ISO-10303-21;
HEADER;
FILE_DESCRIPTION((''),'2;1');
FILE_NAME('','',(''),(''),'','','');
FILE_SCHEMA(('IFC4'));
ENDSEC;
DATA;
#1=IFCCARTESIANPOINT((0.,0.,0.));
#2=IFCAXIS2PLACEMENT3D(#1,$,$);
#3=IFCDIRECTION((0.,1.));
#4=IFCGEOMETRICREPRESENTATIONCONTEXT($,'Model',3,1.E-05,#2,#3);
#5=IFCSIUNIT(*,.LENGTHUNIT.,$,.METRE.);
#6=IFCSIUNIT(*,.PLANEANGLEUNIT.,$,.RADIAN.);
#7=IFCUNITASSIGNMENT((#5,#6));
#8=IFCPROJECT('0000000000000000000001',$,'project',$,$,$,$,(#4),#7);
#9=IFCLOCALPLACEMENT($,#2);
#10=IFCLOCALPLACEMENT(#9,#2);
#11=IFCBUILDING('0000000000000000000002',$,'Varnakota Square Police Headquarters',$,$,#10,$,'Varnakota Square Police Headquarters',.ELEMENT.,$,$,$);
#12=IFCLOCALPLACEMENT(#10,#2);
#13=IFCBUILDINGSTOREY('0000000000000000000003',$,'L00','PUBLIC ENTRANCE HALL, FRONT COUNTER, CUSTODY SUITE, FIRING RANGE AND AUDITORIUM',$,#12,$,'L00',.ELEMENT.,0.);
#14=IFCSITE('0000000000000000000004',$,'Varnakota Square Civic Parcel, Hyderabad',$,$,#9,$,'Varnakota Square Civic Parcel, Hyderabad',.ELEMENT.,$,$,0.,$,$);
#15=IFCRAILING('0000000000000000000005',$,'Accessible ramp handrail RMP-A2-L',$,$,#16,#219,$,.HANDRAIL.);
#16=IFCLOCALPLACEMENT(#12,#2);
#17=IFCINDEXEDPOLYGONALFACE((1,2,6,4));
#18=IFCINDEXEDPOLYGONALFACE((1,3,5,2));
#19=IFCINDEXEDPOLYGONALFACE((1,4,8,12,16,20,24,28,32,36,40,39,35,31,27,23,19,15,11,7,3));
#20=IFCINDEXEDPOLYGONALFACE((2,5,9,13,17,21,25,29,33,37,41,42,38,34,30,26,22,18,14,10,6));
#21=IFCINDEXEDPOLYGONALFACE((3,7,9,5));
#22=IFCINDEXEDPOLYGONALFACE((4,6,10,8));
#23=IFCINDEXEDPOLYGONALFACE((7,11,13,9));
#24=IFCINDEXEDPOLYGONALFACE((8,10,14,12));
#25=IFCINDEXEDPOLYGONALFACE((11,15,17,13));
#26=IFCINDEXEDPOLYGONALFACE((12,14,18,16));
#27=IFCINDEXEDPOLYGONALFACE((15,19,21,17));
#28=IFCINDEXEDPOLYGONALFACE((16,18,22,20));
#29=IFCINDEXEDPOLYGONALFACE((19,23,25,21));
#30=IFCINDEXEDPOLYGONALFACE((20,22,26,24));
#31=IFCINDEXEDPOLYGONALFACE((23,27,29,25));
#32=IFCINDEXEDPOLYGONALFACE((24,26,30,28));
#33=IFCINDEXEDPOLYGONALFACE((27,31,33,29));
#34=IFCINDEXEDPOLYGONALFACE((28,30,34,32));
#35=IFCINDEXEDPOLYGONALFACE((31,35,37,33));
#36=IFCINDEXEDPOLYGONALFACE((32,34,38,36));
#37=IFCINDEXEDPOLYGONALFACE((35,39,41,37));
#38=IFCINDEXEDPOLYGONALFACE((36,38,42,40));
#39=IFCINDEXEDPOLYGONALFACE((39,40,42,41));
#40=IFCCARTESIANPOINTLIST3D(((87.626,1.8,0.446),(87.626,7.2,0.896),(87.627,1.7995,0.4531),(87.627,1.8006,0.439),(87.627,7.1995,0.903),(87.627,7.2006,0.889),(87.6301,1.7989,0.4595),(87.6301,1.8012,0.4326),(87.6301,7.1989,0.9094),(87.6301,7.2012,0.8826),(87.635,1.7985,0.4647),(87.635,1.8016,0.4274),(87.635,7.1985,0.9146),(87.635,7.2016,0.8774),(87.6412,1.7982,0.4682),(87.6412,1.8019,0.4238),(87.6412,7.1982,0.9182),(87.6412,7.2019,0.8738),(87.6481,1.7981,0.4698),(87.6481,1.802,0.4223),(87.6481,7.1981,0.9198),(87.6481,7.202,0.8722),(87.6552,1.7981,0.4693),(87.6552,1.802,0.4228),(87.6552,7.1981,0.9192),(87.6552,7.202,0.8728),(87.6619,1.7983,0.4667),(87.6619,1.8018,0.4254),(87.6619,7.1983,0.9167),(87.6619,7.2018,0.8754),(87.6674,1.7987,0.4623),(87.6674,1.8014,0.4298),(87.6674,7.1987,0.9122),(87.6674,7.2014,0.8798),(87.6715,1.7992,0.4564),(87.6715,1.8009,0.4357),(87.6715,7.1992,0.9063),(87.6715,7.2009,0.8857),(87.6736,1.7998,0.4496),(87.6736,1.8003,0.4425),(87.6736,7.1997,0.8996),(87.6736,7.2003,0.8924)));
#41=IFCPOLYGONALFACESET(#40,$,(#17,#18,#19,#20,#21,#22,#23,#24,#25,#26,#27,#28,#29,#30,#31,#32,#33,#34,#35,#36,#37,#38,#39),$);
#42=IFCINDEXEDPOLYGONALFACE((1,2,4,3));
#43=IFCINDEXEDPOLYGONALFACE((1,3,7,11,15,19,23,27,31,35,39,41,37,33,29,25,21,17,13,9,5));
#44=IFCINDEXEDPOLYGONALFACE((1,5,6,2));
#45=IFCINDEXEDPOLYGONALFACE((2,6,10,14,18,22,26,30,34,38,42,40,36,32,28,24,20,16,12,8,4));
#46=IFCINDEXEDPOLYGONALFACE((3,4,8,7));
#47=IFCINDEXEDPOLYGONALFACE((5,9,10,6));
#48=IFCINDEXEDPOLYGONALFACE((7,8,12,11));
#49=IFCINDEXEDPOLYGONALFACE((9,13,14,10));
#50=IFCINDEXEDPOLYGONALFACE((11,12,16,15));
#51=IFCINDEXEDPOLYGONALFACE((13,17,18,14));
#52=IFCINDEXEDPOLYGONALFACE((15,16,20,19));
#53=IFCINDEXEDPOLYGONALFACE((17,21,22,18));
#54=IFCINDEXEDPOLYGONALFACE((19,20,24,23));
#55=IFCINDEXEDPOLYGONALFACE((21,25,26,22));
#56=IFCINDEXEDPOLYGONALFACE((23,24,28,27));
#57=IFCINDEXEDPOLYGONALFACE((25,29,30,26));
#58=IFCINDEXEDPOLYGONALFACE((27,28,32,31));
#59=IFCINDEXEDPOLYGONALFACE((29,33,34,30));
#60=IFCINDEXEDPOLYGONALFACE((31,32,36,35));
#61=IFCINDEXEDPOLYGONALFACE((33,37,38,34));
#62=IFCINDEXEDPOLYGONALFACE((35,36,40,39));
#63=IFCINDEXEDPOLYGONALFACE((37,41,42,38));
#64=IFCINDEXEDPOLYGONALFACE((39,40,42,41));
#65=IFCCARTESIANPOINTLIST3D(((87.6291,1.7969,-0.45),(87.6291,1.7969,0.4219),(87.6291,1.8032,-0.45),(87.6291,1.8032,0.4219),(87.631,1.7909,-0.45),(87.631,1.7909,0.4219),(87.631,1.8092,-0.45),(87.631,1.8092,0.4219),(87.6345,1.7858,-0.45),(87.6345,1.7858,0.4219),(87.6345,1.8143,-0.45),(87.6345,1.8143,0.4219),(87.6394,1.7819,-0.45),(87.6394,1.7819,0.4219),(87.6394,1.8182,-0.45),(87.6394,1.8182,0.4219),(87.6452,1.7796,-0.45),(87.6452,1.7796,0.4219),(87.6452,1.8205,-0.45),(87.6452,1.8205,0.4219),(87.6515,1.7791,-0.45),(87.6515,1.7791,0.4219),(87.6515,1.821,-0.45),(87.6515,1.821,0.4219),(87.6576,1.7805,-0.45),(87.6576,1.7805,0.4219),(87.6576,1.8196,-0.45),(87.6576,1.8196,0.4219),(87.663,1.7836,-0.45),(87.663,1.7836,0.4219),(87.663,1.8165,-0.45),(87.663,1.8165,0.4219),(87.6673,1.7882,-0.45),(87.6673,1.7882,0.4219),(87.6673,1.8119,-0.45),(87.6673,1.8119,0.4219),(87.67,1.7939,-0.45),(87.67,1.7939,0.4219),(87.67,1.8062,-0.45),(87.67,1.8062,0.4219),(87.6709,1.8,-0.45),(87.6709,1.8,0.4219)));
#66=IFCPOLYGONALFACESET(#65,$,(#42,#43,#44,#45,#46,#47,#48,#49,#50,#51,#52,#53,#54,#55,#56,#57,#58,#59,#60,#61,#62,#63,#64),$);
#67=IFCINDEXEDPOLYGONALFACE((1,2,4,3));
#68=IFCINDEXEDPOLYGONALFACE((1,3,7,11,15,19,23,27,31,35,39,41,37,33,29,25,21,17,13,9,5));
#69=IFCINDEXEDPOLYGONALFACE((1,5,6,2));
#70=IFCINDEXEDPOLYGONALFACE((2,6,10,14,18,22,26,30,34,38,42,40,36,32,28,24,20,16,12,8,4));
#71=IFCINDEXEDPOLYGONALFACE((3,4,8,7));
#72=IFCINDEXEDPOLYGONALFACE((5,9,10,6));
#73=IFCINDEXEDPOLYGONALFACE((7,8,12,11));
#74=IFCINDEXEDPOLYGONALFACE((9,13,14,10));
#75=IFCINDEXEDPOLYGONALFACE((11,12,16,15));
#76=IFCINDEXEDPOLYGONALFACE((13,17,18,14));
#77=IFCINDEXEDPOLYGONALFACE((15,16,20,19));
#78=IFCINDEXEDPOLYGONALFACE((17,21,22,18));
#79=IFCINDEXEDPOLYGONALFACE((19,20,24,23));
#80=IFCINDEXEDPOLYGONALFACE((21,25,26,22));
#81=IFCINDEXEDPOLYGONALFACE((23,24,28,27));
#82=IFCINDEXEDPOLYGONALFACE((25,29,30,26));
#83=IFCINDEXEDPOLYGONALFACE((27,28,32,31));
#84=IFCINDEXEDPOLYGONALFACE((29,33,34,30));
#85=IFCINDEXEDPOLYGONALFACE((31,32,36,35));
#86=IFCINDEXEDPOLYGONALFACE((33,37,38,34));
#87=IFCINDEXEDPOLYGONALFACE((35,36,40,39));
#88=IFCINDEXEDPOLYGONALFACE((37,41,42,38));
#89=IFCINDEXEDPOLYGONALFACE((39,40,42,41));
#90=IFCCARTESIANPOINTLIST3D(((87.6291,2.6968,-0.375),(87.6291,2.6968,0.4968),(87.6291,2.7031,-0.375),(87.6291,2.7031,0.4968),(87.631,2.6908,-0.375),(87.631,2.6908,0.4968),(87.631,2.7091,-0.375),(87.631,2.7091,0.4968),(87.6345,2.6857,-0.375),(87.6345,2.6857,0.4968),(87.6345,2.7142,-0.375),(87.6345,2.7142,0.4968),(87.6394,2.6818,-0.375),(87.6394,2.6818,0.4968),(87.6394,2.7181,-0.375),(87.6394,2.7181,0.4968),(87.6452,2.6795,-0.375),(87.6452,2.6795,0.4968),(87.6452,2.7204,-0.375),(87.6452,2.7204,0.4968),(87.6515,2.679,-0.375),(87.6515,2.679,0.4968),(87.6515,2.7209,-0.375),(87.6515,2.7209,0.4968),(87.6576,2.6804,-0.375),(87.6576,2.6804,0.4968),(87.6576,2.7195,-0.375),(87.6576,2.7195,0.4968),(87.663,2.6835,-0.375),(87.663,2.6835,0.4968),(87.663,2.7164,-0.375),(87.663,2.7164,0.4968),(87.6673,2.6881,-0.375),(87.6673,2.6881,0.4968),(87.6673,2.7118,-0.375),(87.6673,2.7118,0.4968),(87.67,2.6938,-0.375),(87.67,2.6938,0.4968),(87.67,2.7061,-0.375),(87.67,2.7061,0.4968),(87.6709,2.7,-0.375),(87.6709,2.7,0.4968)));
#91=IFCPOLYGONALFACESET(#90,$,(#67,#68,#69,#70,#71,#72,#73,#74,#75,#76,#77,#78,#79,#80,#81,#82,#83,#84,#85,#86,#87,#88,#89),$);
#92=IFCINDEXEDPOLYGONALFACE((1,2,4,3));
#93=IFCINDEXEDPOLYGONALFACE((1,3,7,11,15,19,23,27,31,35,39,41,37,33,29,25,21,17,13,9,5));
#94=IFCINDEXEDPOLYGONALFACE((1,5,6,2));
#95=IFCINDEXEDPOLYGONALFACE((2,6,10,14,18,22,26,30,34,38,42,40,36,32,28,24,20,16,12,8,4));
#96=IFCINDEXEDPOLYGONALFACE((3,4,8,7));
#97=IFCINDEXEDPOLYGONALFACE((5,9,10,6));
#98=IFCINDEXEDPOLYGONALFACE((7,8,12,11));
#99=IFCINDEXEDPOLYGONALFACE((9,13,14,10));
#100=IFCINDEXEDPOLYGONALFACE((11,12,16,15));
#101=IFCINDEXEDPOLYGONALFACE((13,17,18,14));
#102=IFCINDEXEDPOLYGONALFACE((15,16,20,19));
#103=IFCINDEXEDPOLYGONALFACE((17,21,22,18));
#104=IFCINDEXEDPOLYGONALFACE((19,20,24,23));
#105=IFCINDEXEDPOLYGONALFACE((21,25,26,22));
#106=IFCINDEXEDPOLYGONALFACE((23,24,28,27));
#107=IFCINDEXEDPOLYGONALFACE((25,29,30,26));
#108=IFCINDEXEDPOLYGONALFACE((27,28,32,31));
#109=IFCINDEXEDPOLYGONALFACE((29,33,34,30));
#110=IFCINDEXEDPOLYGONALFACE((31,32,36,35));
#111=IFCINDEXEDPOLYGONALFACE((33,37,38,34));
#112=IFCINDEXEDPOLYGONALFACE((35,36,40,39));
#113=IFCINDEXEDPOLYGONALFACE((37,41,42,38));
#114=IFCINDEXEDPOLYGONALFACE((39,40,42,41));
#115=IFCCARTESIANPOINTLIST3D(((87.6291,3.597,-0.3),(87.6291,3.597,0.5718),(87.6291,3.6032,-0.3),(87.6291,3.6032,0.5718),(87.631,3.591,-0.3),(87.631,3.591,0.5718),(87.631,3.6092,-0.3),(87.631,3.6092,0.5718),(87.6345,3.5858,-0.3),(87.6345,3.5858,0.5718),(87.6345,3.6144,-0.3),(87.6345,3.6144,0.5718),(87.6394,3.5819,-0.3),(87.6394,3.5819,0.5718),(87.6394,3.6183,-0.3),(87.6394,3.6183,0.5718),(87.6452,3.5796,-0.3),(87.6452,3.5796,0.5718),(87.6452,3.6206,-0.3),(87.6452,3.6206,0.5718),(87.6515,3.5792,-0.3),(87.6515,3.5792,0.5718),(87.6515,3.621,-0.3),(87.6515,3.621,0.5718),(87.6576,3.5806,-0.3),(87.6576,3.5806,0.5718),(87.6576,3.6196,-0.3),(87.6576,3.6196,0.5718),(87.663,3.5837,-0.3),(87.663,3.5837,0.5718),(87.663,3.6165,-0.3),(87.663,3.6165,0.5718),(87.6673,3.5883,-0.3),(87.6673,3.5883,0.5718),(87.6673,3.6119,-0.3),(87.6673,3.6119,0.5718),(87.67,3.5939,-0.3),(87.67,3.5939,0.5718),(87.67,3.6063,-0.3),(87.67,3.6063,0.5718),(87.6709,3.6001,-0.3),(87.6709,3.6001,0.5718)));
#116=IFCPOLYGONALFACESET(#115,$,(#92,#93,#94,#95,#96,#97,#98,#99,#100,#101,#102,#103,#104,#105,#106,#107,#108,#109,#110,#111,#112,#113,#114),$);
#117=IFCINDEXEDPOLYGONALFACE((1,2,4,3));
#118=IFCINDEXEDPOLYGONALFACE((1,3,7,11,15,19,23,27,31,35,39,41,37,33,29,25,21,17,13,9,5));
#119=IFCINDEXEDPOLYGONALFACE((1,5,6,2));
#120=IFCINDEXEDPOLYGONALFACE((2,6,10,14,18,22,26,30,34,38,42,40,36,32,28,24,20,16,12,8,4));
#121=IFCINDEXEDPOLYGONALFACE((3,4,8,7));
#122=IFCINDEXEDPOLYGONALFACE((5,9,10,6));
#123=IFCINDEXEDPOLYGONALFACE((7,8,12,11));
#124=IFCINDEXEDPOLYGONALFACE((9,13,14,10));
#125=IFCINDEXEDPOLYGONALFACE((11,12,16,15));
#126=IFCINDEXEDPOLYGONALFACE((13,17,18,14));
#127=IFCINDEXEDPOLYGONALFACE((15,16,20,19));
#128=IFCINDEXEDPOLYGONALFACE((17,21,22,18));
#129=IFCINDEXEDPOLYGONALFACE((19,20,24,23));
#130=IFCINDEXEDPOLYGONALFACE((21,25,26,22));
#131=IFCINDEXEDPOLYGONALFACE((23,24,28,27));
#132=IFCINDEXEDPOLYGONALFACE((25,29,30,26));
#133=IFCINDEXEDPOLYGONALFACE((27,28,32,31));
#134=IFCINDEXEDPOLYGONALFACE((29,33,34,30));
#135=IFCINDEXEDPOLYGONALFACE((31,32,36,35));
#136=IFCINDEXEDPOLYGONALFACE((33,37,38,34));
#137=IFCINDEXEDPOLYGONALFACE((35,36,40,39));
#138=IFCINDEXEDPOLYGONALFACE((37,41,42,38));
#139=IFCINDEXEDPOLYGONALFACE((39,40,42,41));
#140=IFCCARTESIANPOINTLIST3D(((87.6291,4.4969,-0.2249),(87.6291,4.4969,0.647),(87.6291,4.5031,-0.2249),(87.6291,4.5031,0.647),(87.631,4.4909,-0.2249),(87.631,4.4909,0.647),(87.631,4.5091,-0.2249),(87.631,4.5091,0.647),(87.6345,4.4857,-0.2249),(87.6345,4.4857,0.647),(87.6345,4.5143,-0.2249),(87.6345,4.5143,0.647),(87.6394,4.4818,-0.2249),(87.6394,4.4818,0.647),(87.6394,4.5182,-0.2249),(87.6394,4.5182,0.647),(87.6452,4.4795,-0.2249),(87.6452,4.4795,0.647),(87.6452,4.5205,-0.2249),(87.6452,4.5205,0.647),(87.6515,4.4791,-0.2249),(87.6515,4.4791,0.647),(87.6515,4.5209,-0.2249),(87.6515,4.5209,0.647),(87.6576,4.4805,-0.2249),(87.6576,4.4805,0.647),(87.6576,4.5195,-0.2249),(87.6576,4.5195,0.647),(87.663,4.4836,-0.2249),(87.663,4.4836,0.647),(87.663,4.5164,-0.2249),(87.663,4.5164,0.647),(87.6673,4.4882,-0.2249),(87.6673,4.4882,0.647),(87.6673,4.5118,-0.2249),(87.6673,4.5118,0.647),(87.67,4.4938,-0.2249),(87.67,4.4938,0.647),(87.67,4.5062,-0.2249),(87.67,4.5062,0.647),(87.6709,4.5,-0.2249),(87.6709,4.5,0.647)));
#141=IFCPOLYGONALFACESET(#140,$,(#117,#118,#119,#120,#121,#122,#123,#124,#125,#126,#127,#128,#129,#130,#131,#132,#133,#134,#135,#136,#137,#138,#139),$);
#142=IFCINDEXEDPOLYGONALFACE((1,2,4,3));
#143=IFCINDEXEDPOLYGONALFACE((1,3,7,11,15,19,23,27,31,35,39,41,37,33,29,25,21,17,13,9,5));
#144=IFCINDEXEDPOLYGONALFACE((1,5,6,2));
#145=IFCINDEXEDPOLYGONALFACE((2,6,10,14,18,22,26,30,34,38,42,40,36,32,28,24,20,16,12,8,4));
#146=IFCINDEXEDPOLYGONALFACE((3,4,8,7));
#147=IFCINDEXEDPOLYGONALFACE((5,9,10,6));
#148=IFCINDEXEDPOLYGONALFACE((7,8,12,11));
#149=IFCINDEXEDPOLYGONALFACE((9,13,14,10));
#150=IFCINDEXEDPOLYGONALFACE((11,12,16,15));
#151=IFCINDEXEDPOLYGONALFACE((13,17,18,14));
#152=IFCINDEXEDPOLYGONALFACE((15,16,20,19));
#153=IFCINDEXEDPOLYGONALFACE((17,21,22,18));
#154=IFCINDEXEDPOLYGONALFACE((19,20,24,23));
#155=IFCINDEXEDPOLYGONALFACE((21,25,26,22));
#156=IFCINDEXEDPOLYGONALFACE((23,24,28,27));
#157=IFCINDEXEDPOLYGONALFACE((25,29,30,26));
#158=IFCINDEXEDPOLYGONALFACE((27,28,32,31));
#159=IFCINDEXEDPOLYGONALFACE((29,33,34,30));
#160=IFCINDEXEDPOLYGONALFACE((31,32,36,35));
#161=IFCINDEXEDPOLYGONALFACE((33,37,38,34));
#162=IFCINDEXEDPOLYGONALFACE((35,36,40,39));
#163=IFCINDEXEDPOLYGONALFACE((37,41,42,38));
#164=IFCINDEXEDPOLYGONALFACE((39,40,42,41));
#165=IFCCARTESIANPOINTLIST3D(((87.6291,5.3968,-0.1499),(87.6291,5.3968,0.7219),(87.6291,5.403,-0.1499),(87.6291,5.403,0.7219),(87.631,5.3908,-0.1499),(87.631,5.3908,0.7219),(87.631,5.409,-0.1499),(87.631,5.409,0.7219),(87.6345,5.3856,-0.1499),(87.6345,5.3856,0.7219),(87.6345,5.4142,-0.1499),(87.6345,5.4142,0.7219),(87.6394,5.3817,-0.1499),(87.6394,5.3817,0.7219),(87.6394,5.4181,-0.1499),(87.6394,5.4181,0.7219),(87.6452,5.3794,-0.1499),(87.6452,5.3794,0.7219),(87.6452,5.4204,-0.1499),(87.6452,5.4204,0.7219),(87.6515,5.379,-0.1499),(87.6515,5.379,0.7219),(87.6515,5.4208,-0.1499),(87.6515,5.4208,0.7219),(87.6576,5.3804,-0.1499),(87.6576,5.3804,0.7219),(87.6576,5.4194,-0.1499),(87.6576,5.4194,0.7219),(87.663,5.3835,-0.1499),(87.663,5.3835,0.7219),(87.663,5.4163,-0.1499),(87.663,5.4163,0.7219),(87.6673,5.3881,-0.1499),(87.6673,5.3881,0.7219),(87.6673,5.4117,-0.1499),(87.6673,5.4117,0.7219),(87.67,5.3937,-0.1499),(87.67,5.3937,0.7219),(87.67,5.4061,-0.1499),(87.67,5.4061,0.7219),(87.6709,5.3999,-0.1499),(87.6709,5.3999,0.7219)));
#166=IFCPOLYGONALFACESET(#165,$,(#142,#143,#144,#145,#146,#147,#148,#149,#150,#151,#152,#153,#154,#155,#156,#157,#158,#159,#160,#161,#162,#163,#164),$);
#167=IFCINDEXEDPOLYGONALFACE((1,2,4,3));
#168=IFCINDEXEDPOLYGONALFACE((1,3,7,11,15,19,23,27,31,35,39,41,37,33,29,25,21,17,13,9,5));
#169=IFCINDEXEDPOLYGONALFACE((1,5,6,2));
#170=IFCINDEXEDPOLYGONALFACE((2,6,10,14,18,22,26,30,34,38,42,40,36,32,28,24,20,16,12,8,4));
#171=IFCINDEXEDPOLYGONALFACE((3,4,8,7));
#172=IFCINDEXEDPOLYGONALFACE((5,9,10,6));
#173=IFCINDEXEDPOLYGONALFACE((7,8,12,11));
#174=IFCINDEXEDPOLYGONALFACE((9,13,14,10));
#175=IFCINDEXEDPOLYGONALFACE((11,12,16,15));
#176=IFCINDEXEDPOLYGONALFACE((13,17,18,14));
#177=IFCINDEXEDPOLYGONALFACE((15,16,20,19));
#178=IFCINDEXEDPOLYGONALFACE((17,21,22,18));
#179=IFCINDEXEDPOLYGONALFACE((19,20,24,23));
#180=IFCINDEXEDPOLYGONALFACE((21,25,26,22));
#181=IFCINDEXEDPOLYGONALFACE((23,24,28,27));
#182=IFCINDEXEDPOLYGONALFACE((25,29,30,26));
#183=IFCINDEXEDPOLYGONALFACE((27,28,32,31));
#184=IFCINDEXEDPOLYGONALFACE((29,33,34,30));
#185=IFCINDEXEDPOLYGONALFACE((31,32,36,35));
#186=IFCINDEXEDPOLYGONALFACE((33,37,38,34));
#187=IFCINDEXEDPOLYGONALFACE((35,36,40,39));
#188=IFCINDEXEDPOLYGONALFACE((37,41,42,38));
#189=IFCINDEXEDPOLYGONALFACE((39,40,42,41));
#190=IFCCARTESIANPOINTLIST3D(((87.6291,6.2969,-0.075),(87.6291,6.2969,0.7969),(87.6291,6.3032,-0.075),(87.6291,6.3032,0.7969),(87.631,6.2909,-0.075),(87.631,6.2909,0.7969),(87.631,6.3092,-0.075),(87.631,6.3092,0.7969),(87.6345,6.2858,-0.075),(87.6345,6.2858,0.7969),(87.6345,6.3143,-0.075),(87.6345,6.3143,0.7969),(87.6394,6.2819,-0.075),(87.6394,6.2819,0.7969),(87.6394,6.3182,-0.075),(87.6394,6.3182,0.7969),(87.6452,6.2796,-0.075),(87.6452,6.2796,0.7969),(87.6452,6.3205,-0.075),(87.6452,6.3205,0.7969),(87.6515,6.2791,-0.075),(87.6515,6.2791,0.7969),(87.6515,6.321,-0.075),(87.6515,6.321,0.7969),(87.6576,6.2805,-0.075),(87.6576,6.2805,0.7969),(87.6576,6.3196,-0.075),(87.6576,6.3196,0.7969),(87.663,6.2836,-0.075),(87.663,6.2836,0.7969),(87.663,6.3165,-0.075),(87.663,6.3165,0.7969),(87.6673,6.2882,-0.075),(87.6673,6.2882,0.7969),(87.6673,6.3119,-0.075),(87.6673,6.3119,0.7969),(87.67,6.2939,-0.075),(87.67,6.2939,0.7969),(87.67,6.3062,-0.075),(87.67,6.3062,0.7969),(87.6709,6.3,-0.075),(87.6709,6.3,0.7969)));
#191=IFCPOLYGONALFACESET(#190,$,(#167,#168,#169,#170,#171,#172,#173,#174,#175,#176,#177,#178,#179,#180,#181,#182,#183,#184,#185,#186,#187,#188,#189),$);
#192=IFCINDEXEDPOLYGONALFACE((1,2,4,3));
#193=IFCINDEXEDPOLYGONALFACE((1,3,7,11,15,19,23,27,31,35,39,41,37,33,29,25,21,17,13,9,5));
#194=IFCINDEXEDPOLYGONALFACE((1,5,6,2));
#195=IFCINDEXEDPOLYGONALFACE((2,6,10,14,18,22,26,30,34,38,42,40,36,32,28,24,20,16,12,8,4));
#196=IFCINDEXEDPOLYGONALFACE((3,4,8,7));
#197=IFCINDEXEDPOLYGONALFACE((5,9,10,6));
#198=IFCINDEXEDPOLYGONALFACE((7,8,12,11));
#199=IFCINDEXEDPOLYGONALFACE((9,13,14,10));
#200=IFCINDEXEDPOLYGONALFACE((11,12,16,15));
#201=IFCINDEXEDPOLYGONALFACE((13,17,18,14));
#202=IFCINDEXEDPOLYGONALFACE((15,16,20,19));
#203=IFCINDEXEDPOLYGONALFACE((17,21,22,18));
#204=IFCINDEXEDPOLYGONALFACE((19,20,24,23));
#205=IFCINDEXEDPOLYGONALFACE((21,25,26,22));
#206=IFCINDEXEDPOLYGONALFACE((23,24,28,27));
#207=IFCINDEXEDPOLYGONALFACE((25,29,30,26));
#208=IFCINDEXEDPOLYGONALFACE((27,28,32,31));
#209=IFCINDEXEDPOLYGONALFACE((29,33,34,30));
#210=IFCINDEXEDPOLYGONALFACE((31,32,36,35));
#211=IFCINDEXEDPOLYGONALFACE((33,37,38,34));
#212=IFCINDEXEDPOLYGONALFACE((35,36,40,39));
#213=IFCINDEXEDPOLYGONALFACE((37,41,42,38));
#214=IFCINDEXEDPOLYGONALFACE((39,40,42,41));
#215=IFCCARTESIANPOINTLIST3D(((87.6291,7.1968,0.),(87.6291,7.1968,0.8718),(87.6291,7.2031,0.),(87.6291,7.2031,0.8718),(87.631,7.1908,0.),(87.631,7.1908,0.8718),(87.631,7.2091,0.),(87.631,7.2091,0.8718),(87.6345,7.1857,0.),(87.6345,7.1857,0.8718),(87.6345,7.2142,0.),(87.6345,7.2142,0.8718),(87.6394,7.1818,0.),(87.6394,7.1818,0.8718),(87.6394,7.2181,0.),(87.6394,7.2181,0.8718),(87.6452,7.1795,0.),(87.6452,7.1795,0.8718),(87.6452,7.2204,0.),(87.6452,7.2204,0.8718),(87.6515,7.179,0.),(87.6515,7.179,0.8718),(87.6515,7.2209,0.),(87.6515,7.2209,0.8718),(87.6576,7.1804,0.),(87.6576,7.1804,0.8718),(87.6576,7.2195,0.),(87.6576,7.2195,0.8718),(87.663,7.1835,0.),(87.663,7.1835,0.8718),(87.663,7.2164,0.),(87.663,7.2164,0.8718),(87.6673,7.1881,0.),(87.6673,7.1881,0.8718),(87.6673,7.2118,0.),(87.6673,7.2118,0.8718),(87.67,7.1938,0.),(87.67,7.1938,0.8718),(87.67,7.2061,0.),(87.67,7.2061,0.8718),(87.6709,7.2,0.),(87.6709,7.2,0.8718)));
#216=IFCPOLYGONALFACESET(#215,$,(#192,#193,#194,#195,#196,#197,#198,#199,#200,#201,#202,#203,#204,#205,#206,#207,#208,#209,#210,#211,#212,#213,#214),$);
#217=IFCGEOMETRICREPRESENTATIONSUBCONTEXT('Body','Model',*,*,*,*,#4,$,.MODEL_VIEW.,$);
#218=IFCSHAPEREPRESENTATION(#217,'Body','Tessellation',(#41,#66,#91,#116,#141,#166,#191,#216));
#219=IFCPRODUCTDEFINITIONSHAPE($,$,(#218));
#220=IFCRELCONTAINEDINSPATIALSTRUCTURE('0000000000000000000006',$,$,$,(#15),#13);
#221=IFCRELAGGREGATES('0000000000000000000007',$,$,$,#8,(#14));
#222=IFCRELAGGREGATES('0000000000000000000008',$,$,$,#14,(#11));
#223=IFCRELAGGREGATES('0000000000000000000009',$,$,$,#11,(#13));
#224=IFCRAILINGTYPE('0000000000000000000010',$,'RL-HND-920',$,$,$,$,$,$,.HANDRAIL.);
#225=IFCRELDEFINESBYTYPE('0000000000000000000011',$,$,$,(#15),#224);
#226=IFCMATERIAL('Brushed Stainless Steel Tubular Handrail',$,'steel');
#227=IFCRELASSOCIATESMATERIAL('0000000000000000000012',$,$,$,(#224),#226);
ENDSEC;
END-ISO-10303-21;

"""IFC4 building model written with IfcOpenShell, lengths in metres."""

from ifc_helpers import new_model, si_unit, direction, frame, origin, origin_2d, place, context, subcontext, project, spatial, circle, extrude, material, type_object, element, save


model = new_model("IFC4")

# Units and contexts
model_context = context("Model", 3, precision=1e-05, world=origin(), true_north=direction((0.0, 1.0)))
body_context = subcontext(model_context, "Body", "Model", "MODEL_VIEW")
ifc_project = project(units=[si_unit("LENGTHUNIT", "METRE"), si_unit("PLANEANGLEUNIT", "RADIAN")], contexts=[model_context])

# Site, building, storey
site_placement = place(None, origin())
site = spatial("IfcSite", under=ifc_project, at=site_placement, Name="Varnakota Square Civic Parcel, Hyderabad", LongName="Varnakota Square Civic Parcel, Hyderabad", CompositionType="ELEMENT", RefElevation=0.0)
building_placement = place(site_placement, origin())
building = spatial("IfcBuilding", under=site, at=building_placement, Name="Varnakota Square Police Headquarters", LongName="Varnakota Square Police Headquarters", CompositionType="ELEMENT")
storey_placement = place(building_placement, origin())
storey = spatial("IfcBuildingStorey", under=building, at=storey_placement, Name="L00", Description="PUBLIC ENTRANCE HALL, FRONT COUNTER, CUSTODY SUITE, FIRING RANGE AND AUDITORIUM", LongName="L00", CompositionType="ELEMENT", Elevation=0.0)

# Railing
ifc_material_1 = material(Name="Brushed Stainless Steel Tubular Handrail", Category="steel")
railing_type = type_object("IfcRailingType", Name="RL-HND-920", PredefinedType="HANDRAIL", material=ifc_material_1)
railing_placement = place(storey_placement, frame((87.6499, 1.8, -0.45)))
element("IfcRailing", 1, at=railing_placement, inside=storey, type_object=railing_type, Name="Accessible ramp handrail RMP-A2-L", PredefinedType="HANDRAIL", context=body_context, shape_type="SweptSolid", body=[
    extrude(circle(Radius=0.0239, at=origin_2d()), frame((0.0, 0.0, 0.896), z_axis=(0.0, 0.996546, 0.083038), x_axis=(-1.0, 0.0, 0.0)), (0.0, 0.0, 1.0), 5.4187),
    extrude(circle(Radius=0.021, at=origin_2d()), origin(), (0.0, 0.0, 1.0), 0.8718),
    extrude(circle(Radius=0.021, at=origin_2d()), frame((0.0, 0.8999, 0.075)), (0.0, 0.0, 1.0), 0.8718),
    extrude(circle(Radius=0.021, at=origin_2d()), frame((0.0, 1.8, 0.1499)), (0.0, 0.0, 1.0), 0.8718),
    extrude(circle(Radius=0.021, at=origin_2d()), frame((0.0, 2.7, 0.2251)), (0.0, 0.0, 1.0), 0.8718),
    extrude(circle(Radius=0.021, at=origin_2d()), frame((0.0, 3.5999, 0.3)), (0.0, 0.0, 1.0), 0.8718),
    extrude(circle(Radius=0.021, at=origin_2d()), frame((0.0, 4.5, 0.375)), (0.0, 0.0, 1.0), 0.8718),
    extrude(circle(Radius=0.021, at=origin_2d()), frame((0.0, 5.3999, 0.45)), (0.0, 0.0, 1.0), 0.8718),
])

save(model, "model.ifc")
